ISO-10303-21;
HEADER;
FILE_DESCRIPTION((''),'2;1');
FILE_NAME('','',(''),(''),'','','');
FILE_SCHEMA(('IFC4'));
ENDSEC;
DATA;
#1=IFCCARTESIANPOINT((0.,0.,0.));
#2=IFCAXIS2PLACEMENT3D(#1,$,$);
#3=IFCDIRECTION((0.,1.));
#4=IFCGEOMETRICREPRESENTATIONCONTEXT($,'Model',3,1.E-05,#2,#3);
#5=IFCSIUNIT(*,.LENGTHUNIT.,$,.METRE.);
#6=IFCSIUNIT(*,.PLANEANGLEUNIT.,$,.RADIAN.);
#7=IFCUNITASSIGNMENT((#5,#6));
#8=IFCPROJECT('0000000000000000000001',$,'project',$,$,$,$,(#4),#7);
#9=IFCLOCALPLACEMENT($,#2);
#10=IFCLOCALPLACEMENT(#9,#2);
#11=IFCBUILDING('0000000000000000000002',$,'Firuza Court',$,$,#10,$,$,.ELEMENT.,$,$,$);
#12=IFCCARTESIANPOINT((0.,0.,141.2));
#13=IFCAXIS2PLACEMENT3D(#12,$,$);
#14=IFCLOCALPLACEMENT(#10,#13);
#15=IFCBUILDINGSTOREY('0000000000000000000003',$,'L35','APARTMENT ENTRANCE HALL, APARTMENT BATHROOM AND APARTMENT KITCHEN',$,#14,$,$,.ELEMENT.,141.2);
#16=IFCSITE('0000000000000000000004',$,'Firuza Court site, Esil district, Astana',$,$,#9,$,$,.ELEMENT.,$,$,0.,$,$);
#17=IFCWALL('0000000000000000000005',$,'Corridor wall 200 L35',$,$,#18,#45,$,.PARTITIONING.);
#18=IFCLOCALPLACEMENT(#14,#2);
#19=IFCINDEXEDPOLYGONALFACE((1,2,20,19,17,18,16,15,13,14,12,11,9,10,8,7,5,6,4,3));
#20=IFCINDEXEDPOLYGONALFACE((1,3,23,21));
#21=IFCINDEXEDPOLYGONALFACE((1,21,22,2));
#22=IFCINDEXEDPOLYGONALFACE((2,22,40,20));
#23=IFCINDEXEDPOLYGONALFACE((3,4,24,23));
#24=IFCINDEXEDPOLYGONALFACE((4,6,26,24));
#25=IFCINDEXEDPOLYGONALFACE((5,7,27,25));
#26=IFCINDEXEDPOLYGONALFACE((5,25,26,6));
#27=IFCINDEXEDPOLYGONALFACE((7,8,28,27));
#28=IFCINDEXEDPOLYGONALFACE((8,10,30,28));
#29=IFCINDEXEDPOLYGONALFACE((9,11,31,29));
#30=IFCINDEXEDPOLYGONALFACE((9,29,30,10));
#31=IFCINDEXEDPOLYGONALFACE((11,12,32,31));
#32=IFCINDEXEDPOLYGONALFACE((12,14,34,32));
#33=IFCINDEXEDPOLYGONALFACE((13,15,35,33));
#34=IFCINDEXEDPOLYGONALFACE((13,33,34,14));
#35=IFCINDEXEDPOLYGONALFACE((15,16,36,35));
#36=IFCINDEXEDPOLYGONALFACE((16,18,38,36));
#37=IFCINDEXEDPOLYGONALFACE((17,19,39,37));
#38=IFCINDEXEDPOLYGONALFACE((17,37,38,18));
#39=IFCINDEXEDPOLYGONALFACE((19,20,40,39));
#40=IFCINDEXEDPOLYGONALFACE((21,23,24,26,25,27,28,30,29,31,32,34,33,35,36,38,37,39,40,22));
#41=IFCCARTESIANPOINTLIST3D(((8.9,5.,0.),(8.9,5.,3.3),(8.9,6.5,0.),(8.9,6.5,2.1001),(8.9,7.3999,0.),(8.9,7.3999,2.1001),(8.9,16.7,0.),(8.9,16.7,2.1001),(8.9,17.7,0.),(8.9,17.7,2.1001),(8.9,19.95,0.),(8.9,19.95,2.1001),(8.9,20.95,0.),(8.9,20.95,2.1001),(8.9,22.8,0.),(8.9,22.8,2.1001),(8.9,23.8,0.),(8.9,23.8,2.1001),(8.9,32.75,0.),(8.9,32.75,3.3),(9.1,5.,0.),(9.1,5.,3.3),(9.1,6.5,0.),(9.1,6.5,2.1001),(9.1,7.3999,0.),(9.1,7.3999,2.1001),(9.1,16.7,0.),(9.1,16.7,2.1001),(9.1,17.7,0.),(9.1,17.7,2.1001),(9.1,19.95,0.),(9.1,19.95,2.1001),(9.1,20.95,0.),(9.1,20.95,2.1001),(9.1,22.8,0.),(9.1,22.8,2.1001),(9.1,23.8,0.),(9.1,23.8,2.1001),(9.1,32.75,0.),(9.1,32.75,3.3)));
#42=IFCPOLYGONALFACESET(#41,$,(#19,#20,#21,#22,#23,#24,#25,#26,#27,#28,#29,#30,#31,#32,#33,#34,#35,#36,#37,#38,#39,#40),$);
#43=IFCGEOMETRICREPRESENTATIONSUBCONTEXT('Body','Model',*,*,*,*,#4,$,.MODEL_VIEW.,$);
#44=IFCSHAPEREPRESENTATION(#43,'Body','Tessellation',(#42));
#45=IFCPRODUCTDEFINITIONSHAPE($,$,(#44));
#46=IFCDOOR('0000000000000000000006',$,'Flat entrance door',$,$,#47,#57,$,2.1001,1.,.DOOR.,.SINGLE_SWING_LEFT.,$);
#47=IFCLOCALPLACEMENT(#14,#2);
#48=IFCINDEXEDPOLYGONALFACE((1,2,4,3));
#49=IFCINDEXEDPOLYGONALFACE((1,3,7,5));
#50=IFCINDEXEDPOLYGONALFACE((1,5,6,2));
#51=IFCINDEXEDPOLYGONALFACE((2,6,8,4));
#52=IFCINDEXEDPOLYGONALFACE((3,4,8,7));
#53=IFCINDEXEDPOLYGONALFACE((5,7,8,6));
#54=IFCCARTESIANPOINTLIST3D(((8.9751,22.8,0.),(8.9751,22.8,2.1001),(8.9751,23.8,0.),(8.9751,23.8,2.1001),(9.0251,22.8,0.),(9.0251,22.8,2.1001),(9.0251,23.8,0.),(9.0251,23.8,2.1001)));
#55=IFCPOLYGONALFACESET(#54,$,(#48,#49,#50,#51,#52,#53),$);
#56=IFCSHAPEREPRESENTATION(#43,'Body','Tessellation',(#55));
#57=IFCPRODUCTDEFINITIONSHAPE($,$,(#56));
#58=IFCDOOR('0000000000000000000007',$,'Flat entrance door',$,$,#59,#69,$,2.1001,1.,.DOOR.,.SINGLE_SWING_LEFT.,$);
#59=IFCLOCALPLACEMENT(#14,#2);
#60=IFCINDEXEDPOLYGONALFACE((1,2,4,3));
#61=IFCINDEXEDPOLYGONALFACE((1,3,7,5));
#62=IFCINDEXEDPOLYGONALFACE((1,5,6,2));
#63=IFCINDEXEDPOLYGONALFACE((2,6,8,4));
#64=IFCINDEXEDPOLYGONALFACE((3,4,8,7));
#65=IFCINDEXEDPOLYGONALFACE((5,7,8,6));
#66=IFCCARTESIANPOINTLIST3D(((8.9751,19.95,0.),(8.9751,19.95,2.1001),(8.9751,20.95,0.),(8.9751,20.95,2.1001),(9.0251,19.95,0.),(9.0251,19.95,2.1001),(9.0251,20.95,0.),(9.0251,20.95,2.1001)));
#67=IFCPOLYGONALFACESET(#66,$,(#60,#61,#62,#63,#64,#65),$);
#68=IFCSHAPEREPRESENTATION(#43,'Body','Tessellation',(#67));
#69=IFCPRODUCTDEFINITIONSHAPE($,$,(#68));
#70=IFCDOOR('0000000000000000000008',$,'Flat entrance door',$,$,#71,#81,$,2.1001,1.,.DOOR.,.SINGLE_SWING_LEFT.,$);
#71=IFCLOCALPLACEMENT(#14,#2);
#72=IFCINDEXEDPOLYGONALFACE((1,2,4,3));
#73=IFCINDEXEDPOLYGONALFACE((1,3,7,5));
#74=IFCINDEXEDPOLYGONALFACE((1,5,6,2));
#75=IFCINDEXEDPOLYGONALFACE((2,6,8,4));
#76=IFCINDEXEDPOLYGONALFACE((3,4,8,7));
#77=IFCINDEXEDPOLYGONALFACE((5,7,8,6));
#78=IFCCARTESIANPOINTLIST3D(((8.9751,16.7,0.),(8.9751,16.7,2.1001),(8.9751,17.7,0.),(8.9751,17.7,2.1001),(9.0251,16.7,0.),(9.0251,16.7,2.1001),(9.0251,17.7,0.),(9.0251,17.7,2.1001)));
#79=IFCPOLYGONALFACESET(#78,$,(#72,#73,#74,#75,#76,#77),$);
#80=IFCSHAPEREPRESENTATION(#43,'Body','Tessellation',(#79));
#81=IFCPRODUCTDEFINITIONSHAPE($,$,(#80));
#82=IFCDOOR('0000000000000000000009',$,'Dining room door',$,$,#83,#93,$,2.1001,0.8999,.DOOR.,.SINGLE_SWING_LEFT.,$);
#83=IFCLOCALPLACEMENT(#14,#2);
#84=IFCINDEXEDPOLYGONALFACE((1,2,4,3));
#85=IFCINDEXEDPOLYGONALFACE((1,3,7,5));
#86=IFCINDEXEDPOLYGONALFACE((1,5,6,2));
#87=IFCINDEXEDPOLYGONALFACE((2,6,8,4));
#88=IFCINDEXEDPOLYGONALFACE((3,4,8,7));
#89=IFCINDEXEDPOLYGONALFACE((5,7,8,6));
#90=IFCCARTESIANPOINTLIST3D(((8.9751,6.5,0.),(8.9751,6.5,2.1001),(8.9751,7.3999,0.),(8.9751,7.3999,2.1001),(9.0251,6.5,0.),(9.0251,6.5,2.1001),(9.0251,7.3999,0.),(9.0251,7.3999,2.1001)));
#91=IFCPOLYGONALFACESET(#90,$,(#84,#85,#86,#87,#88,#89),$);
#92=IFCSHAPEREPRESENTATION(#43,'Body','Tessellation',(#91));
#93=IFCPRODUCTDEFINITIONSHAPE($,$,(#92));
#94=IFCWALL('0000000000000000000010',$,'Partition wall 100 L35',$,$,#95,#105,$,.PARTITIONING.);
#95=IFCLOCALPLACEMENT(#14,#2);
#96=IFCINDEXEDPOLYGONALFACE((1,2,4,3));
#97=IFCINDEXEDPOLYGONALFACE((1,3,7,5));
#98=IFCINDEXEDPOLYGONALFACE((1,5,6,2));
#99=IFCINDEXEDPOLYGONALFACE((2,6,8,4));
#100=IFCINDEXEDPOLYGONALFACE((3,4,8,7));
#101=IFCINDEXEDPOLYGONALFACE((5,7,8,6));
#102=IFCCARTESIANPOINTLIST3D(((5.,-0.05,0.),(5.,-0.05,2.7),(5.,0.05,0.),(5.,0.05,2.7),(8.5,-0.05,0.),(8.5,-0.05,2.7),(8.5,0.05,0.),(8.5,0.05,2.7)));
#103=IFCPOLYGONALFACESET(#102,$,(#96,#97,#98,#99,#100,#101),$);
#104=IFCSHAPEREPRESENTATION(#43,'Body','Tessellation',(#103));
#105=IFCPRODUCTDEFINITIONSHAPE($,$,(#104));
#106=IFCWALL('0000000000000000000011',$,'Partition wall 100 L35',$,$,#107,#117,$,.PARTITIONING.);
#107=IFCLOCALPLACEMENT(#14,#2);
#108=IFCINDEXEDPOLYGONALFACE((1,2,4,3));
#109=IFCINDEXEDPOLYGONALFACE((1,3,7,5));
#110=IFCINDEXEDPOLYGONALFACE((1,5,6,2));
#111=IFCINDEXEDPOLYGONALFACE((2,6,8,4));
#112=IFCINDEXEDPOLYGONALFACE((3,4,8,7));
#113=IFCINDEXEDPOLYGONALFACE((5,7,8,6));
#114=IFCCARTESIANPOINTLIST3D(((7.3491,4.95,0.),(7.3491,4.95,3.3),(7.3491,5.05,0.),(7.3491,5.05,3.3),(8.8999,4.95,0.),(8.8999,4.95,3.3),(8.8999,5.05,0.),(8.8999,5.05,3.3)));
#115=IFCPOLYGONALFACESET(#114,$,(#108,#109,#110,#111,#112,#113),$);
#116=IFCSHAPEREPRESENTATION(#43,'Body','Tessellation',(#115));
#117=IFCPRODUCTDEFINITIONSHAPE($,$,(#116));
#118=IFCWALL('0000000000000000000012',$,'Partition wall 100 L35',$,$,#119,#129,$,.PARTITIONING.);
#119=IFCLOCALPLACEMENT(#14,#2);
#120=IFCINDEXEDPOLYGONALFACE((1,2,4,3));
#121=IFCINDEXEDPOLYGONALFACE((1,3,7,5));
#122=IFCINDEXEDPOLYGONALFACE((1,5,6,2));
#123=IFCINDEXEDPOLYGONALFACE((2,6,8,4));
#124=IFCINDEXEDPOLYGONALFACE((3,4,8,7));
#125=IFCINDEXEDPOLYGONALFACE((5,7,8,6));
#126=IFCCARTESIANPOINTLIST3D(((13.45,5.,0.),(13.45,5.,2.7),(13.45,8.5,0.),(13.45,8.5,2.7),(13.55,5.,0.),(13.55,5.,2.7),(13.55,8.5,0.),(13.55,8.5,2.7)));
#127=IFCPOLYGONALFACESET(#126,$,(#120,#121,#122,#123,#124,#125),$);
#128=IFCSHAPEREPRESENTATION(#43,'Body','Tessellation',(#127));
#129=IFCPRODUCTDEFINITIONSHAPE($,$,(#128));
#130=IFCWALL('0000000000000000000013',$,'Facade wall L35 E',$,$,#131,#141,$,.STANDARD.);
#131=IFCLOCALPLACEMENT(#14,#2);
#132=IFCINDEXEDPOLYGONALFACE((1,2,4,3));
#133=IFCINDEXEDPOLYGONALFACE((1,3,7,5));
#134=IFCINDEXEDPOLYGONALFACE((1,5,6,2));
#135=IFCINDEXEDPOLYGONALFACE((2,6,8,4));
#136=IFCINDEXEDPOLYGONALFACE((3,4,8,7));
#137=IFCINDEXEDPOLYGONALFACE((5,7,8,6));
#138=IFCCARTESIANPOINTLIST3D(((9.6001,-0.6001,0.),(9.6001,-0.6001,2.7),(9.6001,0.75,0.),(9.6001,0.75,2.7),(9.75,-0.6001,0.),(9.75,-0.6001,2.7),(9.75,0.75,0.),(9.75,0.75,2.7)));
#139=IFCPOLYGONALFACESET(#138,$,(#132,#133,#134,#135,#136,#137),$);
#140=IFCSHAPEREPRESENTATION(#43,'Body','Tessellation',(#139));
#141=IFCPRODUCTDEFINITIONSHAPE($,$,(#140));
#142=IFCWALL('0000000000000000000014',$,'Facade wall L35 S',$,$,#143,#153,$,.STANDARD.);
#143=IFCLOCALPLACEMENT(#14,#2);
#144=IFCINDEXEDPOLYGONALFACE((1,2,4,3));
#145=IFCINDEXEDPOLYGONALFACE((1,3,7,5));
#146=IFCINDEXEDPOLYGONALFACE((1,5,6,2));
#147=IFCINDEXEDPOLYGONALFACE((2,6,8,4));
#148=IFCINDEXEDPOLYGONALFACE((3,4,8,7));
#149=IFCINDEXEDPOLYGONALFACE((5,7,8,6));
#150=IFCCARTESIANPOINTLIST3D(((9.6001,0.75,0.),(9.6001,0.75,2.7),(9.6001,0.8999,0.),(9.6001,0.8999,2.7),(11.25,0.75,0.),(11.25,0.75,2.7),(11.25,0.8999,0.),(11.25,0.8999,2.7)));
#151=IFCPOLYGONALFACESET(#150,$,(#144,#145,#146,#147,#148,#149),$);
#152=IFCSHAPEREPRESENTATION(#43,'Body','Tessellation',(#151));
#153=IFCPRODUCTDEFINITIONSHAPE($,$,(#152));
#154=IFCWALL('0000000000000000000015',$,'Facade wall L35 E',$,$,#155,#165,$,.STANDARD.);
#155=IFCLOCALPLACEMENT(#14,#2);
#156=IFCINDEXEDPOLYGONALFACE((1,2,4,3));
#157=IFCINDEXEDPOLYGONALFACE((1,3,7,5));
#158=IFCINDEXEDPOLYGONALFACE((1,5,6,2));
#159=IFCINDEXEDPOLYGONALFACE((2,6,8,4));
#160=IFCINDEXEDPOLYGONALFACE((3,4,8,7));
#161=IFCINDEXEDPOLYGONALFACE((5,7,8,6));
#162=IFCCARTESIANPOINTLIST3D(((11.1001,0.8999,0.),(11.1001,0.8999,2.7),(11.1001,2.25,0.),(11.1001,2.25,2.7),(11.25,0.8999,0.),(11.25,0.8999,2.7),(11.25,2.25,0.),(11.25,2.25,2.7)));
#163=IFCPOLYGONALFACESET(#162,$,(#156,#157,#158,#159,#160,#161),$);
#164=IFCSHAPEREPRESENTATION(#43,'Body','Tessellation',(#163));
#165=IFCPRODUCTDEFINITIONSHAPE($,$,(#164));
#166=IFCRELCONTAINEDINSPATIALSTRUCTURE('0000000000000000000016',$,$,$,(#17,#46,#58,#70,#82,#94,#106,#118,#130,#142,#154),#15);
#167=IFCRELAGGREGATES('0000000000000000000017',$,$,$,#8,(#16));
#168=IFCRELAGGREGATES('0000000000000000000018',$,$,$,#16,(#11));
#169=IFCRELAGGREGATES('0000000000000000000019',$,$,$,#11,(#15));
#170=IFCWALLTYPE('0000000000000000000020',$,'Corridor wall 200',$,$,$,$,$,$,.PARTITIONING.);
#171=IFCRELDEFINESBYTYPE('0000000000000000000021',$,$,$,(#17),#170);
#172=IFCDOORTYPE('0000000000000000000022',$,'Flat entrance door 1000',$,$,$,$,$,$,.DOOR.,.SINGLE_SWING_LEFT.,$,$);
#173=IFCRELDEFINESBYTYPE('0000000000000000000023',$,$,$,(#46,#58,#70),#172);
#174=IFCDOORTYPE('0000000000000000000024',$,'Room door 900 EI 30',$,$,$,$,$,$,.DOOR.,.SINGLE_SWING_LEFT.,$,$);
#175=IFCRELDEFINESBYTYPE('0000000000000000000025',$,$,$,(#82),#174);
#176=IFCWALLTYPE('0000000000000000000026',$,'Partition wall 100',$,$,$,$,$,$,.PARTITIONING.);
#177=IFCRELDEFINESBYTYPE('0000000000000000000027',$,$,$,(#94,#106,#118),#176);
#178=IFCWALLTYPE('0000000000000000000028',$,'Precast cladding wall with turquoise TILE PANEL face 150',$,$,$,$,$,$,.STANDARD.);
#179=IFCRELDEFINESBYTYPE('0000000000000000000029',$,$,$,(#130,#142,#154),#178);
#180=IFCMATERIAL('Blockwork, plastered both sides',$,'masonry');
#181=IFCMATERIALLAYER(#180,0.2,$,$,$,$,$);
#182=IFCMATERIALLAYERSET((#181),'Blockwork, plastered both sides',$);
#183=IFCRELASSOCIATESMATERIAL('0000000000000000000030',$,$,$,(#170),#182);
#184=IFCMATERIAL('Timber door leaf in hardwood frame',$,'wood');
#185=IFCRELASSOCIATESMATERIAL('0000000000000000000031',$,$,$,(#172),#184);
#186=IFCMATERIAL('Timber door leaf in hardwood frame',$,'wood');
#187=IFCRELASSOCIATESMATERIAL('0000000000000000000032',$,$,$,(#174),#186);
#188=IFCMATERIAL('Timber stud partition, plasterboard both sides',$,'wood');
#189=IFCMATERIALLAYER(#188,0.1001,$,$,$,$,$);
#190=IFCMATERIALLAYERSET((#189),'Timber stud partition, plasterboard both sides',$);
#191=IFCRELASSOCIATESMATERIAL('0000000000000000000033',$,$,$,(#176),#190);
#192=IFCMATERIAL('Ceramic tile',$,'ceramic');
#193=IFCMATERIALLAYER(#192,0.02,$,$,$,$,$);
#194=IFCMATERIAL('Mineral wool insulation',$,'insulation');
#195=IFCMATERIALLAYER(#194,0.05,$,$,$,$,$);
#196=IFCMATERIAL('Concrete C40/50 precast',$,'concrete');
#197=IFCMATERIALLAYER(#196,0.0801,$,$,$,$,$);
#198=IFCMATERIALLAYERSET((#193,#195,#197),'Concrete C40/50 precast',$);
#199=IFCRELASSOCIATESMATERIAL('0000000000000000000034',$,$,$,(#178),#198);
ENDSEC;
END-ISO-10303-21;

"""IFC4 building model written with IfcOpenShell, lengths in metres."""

from ifc_helpers import new_model, si_unit, direction, frame, frame_2d, origin, place, context, subcontext, project, spatial, rectangle, extrude, material, layer, layer_set, type_object, element, fill, save


model = new_model("IFC4")

# Units and contexts
model_context = context("Model", 3, precision=1e-05, world=origin(), true_north=direction((0.0, 1.0)))
body_context = subcontext(model_context, "Body", "Model", "MODEL_VIEW")
ifc_project = project(units=[si_unit("LENGTHUNIT", "METRE"), si_unit("PLANEANGLEUNIT", "RADIAN")], contexts=[model_context])

# Site, building, storey
site_placement = place(None, origin())
site = spatial("IfcSite", under=ifc_project, at=site_placement, Name="Firuza Court site, Esil district, Astana", CompositionType="ELEMENT", RefElevation=0.0)
building_placement = place(site_placement, origin())
building = spatial("IfcBuilding", under=site, at=building_placement, Name="Firuza Court", CompositionType="ELEMENT")
storey_placement = place(building_placement, frame((0.0, 0.0, 141.2)))
storey = spatial("IfcBuildingStorey", under=building, at=storey_placement, Name="L35", Description="APARTMENT ENTRANCE HALL, APARTMENT BATHROOM AND APARTMENT KITCHEN", CompositionType="ELEMENT", Elevation=141.2)

# Wall, openings, doors
ifc_material_1 = material(Name="Blockwork, plastered both sides", Category="masonry")
ifc_layer_1 = layer(ifc_material_1, 0.2)
ifc_layer_set_1 = layer_set([ifc_layer_1], Name="Blockwork, plastered both sides")
wall_type_1 = type_object("IfcWallType", Name="Corridor wall 200", PredefinedType="PARTITIONING", material=ifc_layer_set_1)
wall_1_placement = place(storey_placement, frame((9.0, 5.0, 0.0), z_axis=(0.0, 0.0, 1.0), x_axis=(0.0, 1.0, 0.0)))
wall_1 = element("IfcWall", 1, at=wall_1_placement, inside=storey, type_object=wall_type_1, Name="Corridor wall 200 L35", PredefinedType="PARTITIONING", context=body_context, shape_type="SweptSolid", body=[
    extrude(rectangle(XDim=27.75, YDim=0.2, at=frame_2d((13.875, 0.0))), origin(), (0.0, 0.0, 1.0), 3.3),
])
opening_1_placement = place(wall_1_placement, frame((17.8, 0.0, 0.0)))
opening_1 = element("IfcOpeningElement", 2, at=opening_1_placement, cuts=wall_1, PredefinedType="OPENING", context=body_context, shape_type="SweptSolid", body=[
    extrude(rectangle(XDim=1.0, YDim=2.1001, at=frame_2d((0.5, 1.05))), frame((0.0, 0.1118, 0.0), z_axis=(0.0, -1.0, 0.0), x_axis=(1.0, 0.0, 0.0)), (0.0, 0.0, 1.0), 0.2239),
])
opening_2_placement = place(wall_1_placement, frame((14.95, 0.0, 0.0)))
opening_2 = element("IfcOpeningElement", 3, at=opening_2_placement, cuts=wall_1, PredefinedType="OPENING", context=body_context, shape_type="SweptSolid", body=[
    extrude(rectangle(XDim=1.0, YDim=2.1001, at=frame_2d((0.5, 1.05))), frame((0.0, 0.1118, 0.0), z_axis=(0.0, -1.0, 0.0), x_axis=(1.0, 0.0, 0.0)), (0.0, 0.0, 1.0), 0.2239),
])
opening_3_placement = place(wall_1_placement, frame((11.7, 0.0, 0.0)))
opening_3 = element("IfcOpeningElement", 4, at=opening_3_placement, cuts=wall_1, PredefinedType="OPENING", context=body_context, shape_type="SweptSolid", body=[
    extrude(rectangle(XDim=1.0, YDim=2.1001, at=frame_2d((0.5, 1.05))), frame((0.0, 0.1118, 0.0), z_axis=(0.0, -1.0, 0.0), x_axis=(1.0, 0.0, 0.0)), (0.0, 0.0, 1.0), 0.2239),
])
opening_4_placement = place(wall_1_placement, frame((1.5, 0.0, 0.0)))
opening_4 = element("IfcOpeningElement", 5, at=opening_4_placement, cuts=wall_1, PredefinedType="OPENING", context=body_context, shape_type="SweptSolid", body=[
    extrude(rectangle(XDim=0.8999, YDim=2.1001, at=frame_2d((0.45, 1.05))), frame((0.0, 0.1118, 0.0), z_axis=(0.0, -1.0, 0.0), x_axis=(1.0, 0.0, 0.0)), (0.0, 0.0, 1.0), 0.2239),
])
ifc_material_2 = material(Name="Timber door leaf in hardwood frame", Category="wood")
door_type_1 = type_object("IfcDoorType", Name="Flat entrance door 1000", OperationType="SINGLE_SWING_LEFT", PredefinedType="DOOR", material=ifc_material_2)
door_1_placement = place(opening_1_placement, origin())
door_1 = element("IfcDoor", 6, at=door_1_placement, inside=storey, type_object=door_type_1, Name="Flat entrance door", OperationType="SINGLE_SWING_LEFT", OverallHeight=2.1001, OverallWidth=1.0, PredefinedType="DOOR", context=body_context, shape_type="SweptSolid", body=[
    extrude(rectangle(XDim=1.0, YDim=2.1001, at=frame_2d((0.5, 1.05))), frame((0.0, 0.0249, 0.0), z_axis=(0.0, -1.0, 0.0), x_axis=(1.0, 0.0, 0.0)), (0.0, 0.0, 1.0), 0.05),
])
fill(opening_1, door_1)
door_2_placement = place(opening_2_placement, origin())
door_2 = element("IfcDoor", 7, at=door_2_placement, inside=storey, type_object=door_type_1, Name="Flat entrance door", OperationType="SINGLE_SWING_LEFT", OverallHeight=2.1001, OverallWidth=1.0, PredefinedType="DOOR", context=body_context, shape_type="SweptSolid", body=[
    extrude(rectangle(XDim=1.0, YDim=2.1001, at=frame_2d((0.5, 1.05))), frame((0.0, 0.0249, 0.0), z_axis=(0.0, -1.0, 0.0), x_axis=(1.0, 0.0, 0.0)), (0.0, 0.0, 1.0), 0.05),
])
fill(opening_2, door_2)
door_3_placement = place(opening_3_placement, origin())
door_3 = element("IfcDoor", 8, at=door_3_placement, inside=storey, type_object=door_type_1, Name="Flat entrance door", OperationType="SINGLE_SWING_LEFT", OverallHeight=2.1001, OverallWidth=1.0, PredefinedType="DOOR", context=body_context, shape_type="SweptSolid", body=[
    extrude(rectangle(XDim=1.0, YDim=2.1001, at=frame_2d((0.5, 1.05))), frame((0.0, 0.0249, 0.0), z_axis=(0.0, -1.0, 0.0), x_axis=(1.0, 0.0, 0.0)), (0.0, 0.0, 1.0), 0.05),
])
fill(opening_3, door_3)
ifc_material_3 = material(Name="Timber door leaf in hardwood frame", Category="wood")
door_type_2 = type_object("IfcDoorType", Name="Room door 900 EI 30", OperationType="SINGLE_SWING_LEFT", PredefinedType="DOOR", material=ifc_material_3)
door_4_placement = place(opening_4_placement, origin())
door_4 = element("IfcDoor", 9, at=door_4_placement, inside=storey, type_object=door_type_2, Name="Dining room door", OperationType="SINGLE_SWING_LEFT", OverallHeight=2.1001, OverallWidth=0.8999, PredefinedType="DOOR", context=body_context, shape_type="SweptSolid", body=[
    extrude(rectangle(XDim=0.8999, YDim=2.1001, at=frame_2d((0.45, 1.05))), frame((0.0, 0.0249, 0.0), z_axis=(0.0, -1.0, 0.0), x_axis=(1.0, 0.0, 0.0)), (0.0, 0.0, 1.0), 0.05),
])
fill(opening_4, door_4)

# Walls
ifc_material_4 = material(Name="Timber stud partition, plasterboard both sides", Category="wood")
ifc_layer_2 = layer(ifc_material_4, 0.1001)
ifc_layer_set_2 = layer_set([ifc_layer_2], Name="Timber stud partition, plasterboard both sides")
wall_type_2 = type_object("IfcWallType", Name="Partition wall 100", PredefinedType="PARTITIONING", material=ifc_layer_set_2)
wall_2_placement = place(storey_placement, frame((5.0, 0.0, 0.0), z_axis=(0.0, 0.0, 1.0), x_axis=(1.0, 0.0, 0.0)))
element("IfcWall", 10, at=wall_2_placement, inside=storey, type_object=wall_type_2, Name="Partition wall 100 L35", PredefinedType="PARTITIONING", context=body_context, shape_type="SweptSolid", body=[
    extrude(rectangle(XDim=3.5, YDim=0.1001, at=frame_2d((1.75, 0.0))), origin(), (0.0, 0.0, 1.0), 2.7),
])
wall_3_placement = place(storey_placement, frame((7.3491, 5.0, 0.0), z_axis=(0.0, 0.0, 1.0), x_axis=(1.0, 0.0, 0.0)))
element("IfcWall", 11, at=wall_3_placement, inside=storey, type_object=wall_type_2, Name="Partition wall 100 L35", PredefinedType="PARTITIONING", context=body_context, shape_type="SweptSolid", body=[
    extrude(rectangle(XDim=1.5508, YDim=0.1001, at=frame_2d((0.7754, 0.0))), origin(), (0.0, 0.0, 1.0), 3.3),
])
wall_4_placement = place(storey_placement, frame((13.5, 5.0, 0.0), z_axis=(0.0, 0.0, 1.0), x_axis=(0.0, 1.0, 0.0)))
element("IfcWall", 12, at=wall_4_placement, inside=storey, type_object=wall_type_2, Name="Partition wall 100 L35", PredefinedType="PARTITIONING", context=body_context, shape_type="SweptSolid", body=[
    extrude(rectangle(XDim=3.5, YDim=0.1001, at=frame_2d((1.75, 0.0))), origin(), (0.0, 0.0, 1.0), 2.7),
])
ifc_material_5 = material(Name="Ceramic tile", Category="ceramic")
ifc_layer_3 = layer(ifc_material_5, 0.02)
ifc_material_6 = material(Name="Mineral wool insulation", Category="insulation")
ifc_layer_4 = layer(ifc_material_6, 0.05)
ifc_material_7 = material(Name="Concrete C40/50 precast", Category="concrete")
ifc_layer_5 = layer(ifc_material_7, 0.0801)
ifc_layer_set_3 = layer_set([ifc_layer_3, ifc_layer_4, ifc_layer_5], Name="Concrete C40/50 precast")
wall_type_3 = type_object("IfcWallType", Name="Precast cladding wall with turquoise TILE PANEL face 150", PredefinedType="STANDARD", material=ifc_layer_set_3)
wall_5_placement = place(storey_placement, frame((9.675, -0.6001, 0.0), z_axis=(0.0, 0.0, 1.0), x_axis=(0.0, 1.0, 0.0)))
element("IfcWall", 13, at=wall_5_placement, inside=storey, type_object=wall_type_3, Name="Facade wall L35 E", PredefinedType="STANDARD", context=body_context, shape_type="SweptSolid", body=[
    extrude(rectangle(XDim=1.3501, YDim=0.1499, at=frame_2d((0.675, 0.0))), origin(), (0.0, 0.0, 1.0), 2.7),
])
wall_6_placement = place(storey_placement, frame((9.6001, 0.825, 0.0), z_axis=(0.0, 0.0, 1.0), x_axis=(1.0, 0.0, 0.0)))
element("IfcWall", 14, at=wall_6_placement, inside=storey, type_object=wall_type_3, Name="Facade wall L35 S", PredefinedType="STANDARD", context=body_context, shape_type="SweptSolid", body=[
    extrude(rectangle(XDim=1.6499, YDim=0.1499, at=frame_2d((0.825, 0.0))), origin(), (0.0, 0.0, 1.0), 2.7),
])
wall_7_placement = place(storey_placement, frame((11.175, 0.8999, 0.0), z_axis=(0.0, 0.0, 1.0), x_axis=(0.0, 1.0, 0.0)))
element("IfcWall", 15, at=wall_7_placement, inside=storey, type_object=wall_type_3, Name="Facade wall L35 E", PredefinedType="STANDARD", context=body_context, shape_type="SweptSolid", body=[
    extrude(rectangle(XDim=1.3501, YDim=0.1499, at=frame_2d((0.675, 0.0))), origin(), (0.0, 0.0, 1.0), 2.7),
])

save(model, "model.ifc")
